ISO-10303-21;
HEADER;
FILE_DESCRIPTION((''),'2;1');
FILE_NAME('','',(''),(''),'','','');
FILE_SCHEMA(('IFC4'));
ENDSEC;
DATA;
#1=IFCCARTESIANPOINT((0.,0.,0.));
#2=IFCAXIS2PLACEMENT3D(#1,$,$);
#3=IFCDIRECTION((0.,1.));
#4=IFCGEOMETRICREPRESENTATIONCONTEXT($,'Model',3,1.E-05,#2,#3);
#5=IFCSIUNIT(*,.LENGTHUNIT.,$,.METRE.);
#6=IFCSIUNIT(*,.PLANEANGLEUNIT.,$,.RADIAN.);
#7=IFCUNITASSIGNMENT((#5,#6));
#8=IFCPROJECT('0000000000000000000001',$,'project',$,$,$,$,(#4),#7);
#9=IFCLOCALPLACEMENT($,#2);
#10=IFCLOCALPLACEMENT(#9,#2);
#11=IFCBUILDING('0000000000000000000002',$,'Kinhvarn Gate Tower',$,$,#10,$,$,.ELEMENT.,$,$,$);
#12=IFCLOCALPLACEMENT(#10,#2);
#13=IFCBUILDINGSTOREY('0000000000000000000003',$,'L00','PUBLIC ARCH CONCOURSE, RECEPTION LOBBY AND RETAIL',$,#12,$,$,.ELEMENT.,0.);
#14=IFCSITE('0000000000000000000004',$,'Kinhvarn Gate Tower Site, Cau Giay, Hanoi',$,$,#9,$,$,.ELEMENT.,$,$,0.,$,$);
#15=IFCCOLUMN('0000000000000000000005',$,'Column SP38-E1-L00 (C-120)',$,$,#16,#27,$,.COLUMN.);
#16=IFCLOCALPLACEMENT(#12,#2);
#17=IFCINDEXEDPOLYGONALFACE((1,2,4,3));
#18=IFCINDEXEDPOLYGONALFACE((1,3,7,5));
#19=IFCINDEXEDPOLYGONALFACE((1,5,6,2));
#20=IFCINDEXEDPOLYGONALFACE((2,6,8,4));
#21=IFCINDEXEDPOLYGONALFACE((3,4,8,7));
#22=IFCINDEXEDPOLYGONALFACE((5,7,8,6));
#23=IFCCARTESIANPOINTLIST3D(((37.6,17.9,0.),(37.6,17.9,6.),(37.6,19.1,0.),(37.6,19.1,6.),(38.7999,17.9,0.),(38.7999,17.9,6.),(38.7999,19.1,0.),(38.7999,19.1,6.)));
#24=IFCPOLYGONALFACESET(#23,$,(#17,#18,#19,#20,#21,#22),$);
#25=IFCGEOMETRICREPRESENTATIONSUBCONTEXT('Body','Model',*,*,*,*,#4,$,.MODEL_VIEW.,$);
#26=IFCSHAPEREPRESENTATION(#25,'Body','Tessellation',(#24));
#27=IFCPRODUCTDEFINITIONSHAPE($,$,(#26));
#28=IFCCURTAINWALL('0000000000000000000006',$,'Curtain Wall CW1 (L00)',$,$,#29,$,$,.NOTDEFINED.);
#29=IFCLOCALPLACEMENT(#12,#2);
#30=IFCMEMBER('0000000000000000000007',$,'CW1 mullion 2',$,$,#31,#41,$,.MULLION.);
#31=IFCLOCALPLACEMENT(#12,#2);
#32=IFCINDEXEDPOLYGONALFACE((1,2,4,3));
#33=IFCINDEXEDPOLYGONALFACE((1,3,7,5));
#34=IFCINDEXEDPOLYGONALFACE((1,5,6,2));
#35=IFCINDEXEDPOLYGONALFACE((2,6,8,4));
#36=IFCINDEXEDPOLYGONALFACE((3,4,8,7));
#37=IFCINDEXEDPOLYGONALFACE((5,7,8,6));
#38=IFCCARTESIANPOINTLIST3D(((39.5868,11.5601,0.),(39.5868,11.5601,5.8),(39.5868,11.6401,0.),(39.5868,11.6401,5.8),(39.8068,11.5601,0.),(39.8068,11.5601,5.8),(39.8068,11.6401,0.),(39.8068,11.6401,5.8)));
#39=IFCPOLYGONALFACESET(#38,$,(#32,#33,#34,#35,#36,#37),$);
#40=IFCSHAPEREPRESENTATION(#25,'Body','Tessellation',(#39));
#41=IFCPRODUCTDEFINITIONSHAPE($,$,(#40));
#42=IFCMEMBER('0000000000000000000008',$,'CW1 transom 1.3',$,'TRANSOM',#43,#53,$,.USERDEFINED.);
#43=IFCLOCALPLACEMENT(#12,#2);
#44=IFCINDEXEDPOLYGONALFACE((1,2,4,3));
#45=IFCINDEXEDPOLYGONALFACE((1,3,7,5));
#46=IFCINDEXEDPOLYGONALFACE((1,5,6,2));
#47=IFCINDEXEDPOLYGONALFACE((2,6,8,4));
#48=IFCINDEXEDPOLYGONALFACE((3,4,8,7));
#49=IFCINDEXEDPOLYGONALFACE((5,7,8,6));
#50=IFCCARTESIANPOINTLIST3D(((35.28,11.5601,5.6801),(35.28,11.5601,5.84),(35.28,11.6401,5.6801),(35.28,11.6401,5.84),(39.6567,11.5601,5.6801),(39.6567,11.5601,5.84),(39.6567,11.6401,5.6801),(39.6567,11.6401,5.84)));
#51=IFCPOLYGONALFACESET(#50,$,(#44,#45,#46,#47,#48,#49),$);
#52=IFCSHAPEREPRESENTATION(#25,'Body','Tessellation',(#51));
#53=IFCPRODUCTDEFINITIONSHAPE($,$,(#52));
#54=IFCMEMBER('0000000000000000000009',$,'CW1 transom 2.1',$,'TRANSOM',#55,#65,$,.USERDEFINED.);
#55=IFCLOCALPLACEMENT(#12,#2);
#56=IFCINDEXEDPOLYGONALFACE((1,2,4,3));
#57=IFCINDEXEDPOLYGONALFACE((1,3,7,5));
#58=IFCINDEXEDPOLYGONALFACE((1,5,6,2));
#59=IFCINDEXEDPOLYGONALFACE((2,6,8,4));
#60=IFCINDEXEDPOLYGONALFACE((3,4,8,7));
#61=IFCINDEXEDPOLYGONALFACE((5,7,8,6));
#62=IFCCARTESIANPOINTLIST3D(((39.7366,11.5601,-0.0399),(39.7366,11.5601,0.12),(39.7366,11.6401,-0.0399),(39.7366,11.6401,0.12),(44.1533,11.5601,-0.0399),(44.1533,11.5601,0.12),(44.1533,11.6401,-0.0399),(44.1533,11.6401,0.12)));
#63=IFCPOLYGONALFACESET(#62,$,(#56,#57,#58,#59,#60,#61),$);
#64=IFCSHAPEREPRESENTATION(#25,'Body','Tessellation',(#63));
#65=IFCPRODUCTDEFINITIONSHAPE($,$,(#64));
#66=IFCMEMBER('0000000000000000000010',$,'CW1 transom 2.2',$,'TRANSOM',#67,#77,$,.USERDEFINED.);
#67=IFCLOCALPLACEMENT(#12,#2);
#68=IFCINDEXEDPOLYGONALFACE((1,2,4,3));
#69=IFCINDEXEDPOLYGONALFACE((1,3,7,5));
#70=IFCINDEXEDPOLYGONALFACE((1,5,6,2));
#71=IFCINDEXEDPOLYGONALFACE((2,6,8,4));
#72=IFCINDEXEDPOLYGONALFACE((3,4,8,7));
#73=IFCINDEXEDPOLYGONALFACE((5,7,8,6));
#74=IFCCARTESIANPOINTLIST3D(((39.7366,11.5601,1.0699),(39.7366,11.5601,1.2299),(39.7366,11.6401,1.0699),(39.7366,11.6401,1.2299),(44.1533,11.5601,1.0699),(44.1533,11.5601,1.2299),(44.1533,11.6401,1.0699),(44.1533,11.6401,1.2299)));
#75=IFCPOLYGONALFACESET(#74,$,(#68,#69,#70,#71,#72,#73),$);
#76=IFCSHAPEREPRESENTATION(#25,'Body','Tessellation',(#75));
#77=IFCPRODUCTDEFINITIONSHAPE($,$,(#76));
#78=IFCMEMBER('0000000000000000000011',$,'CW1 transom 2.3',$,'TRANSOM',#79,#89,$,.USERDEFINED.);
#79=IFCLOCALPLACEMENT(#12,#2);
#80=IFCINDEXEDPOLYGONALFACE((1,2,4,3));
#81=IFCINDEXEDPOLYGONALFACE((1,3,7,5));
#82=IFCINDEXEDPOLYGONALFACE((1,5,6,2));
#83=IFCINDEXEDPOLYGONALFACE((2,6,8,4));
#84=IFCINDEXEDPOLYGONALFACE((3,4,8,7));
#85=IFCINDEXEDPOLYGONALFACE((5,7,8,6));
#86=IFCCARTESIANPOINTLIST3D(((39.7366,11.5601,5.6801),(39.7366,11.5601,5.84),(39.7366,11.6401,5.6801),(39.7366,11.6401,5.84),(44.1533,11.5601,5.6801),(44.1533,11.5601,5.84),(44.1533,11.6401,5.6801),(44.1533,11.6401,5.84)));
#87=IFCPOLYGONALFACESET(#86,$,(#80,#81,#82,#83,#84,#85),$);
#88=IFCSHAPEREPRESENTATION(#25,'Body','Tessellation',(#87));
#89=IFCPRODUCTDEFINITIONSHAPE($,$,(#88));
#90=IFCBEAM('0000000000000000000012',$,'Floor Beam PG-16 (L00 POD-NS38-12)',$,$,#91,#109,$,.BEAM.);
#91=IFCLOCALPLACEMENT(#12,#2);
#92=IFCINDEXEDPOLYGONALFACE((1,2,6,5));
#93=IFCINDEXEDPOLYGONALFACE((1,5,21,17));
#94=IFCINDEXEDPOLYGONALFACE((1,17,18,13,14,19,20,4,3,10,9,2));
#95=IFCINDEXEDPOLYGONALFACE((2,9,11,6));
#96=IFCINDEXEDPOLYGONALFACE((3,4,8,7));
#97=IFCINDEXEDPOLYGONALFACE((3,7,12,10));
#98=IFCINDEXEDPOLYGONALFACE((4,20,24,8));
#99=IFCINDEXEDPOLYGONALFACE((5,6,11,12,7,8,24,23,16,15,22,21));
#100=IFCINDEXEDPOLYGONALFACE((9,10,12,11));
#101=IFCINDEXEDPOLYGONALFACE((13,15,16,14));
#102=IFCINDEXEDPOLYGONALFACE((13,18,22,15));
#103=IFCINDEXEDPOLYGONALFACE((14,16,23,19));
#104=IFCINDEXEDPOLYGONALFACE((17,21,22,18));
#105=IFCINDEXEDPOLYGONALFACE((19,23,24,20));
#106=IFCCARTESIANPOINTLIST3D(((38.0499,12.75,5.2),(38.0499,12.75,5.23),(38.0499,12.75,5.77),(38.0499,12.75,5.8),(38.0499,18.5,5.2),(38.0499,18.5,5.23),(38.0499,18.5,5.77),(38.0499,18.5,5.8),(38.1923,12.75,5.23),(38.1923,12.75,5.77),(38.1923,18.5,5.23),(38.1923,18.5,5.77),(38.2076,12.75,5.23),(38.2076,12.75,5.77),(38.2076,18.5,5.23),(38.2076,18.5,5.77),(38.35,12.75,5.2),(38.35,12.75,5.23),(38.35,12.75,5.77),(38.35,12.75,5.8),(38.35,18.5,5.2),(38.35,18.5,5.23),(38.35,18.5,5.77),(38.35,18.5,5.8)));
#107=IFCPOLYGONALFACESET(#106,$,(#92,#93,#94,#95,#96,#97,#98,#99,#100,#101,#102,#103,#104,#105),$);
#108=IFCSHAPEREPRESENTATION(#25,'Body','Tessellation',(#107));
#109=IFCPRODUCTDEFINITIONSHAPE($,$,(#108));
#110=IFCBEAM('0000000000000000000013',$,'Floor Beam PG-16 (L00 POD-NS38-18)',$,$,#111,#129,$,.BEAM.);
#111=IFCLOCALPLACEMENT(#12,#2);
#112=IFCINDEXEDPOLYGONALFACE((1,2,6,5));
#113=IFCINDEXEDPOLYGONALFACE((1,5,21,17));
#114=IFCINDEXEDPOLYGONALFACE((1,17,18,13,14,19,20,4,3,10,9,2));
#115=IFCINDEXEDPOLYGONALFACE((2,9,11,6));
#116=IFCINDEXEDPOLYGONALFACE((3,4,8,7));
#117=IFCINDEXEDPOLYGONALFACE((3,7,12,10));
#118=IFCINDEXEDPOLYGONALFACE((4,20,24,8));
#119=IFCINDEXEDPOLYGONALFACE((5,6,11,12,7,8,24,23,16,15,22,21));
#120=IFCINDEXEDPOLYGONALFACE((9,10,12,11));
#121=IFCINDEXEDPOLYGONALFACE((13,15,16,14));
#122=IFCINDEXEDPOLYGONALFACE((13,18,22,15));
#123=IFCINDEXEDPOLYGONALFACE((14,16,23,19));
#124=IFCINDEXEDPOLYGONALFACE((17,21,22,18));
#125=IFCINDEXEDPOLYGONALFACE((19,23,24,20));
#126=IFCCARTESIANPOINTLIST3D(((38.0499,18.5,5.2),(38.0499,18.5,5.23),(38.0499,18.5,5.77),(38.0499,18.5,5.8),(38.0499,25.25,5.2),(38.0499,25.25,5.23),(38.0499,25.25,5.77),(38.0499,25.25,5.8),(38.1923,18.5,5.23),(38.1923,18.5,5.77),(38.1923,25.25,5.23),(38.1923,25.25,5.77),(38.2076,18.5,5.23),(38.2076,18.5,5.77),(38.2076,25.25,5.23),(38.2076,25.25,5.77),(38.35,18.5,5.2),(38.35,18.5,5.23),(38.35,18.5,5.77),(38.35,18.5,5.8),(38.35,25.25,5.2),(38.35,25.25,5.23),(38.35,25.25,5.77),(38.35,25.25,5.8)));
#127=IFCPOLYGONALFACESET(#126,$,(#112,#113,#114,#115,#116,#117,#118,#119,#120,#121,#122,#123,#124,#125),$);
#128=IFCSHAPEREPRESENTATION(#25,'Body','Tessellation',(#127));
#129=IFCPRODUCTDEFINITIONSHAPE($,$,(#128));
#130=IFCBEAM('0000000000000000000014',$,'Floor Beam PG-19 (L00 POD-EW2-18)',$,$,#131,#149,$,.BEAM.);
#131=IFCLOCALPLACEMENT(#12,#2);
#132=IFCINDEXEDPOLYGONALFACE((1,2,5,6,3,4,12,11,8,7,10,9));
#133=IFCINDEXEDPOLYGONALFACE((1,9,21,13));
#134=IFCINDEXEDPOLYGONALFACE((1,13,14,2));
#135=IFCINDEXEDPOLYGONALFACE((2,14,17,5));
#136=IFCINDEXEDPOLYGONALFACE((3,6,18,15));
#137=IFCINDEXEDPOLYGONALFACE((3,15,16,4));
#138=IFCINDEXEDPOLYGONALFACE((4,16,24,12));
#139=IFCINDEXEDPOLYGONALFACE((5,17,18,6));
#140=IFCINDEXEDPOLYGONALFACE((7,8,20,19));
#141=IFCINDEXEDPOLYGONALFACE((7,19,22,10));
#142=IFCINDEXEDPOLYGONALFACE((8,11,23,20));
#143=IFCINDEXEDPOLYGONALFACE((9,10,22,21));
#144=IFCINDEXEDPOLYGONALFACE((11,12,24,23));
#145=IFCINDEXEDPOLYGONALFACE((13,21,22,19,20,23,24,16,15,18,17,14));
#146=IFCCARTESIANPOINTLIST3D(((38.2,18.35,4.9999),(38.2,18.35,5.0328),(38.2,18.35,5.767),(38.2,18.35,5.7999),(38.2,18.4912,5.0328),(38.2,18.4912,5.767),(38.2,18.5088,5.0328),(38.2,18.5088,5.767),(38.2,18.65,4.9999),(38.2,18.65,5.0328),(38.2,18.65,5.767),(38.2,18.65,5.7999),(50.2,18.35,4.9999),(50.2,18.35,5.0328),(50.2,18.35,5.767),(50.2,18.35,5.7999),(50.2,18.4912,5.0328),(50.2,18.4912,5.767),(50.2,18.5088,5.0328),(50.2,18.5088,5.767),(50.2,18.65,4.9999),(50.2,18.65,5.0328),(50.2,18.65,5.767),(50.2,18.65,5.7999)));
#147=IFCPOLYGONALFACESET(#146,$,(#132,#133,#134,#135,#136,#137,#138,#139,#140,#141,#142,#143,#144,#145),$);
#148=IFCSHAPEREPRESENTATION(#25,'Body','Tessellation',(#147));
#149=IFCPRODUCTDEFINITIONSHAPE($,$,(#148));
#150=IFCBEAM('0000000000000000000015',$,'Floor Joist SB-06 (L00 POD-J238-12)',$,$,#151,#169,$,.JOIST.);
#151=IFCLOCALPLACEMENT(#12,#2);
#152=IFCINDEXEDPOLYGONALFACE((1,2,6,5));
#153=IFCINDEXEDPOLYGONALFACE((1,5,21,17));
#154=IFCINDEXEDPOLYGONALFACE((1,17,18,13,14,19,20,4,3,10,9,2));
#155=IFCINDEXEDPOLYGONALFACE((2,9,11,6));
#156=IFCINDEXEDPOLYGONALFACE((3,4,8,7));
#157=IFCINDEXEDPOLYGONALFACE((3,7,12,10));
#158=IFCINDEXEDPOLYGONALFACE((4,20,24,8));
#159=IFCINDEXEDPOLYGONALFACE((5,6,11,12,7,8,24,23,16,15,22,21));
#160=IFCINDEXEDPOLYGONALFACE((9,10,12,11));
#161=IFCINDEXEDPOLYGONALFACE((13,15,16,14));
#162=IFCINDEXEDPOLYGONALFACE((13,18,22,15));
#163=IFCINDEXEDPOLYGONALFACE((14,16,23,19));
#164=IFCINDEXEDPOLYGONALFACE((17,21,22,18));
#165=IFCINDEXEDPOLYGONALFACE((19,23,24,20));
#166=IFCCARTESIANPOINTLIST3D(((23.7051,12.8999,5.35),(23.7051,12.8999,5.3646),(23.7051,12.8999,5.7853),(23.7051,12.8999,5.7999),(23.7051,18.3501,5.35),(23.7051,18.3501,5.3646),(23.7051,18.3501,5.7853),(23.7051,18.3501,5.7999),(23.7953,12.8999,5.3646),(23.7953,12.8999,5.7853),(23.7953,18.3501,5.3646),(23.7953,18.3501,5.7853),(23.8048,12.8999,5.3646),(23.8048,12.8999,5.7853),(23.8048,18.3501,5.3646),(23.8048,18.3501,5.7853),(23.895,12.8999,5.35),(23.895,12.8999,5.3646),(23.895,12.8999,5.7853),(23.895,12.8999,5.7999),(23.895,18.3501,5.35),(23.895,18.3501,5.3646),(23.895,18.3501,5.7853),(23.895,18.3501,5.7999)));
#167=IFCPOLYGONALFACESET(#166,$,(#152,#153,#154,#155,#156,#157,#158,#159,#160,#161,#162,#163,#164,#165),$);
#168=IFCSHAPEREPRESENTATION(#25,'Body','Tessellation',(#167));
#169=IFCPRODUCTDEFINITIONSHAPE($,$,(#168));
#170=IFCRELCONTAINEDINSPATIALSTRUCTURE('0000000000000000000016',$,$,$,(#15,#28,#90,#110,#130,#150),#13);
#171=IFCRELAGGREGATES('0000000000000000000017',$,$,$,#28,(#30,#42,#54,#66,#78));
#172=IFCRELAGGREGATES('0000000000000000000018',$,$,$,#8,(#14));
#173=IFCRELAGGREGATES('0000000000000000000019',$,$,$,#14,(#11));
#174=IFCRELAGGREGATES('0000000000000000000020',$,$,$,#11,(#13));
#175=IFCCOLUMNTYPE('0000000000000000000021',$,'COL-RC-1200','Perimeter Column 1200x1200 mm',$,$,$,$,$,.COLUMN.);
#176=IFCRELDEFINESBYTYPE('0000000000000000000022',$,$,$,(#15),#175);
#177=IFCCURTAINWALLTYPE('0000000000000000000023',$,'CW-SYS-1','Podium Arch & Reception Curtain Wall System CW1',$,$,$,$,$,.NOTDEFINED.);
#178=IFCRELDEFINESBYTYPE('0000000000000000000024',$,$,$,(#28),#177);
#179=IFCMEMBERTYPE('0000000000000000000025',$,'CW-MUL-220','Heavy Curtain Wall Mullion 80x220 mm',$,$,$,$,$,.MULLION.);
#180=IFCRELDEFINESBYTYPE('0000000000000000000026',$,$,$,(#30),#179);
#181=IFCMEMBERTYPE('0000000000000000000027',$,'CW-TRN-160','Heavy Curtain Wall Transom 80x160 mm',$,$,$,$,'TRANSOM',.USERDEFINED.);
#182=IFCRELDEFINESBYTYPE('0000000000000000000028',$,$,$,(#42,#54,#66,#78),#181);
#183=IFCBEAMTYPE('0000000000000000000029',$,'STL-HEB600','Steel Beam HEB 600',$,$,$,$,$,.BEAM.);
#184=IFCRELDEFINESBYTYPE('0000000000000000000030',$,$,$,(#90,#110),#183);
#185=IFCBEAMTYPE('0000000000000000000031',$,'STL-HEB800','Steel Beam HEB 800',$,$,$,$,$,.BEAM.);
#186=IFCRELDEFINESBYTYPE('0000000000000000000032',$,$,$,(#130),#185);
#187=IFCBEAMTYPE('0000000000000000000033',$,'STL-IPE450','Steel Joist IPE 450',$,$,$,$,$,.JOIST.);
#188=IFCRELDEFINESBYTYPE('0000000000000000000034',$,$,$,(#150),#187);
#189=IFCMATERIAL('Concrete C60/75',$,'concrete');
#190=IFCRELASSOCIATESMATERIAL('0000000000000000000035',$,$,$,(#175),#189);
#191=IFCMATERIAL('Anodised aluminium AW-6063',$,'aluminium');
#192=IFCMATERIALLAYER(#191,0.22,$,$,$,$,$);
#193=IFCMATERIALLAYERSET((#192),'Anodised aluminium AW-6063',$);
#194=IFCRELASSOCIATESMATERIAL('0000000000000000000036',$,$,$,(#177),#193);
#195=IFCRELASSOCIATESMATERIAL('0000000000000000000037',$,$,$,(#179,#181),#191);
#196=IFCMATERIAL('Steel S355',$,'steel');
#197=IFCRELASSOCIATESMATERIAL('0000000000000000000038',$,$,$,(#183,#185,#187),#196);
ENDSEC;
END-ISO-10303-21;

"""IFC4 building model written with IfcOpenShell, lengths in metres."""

from ifc_helpers import new_model, si_unit, direction, frame, origin, origin_2d, place, context, subcontext, project, spatial, rectangle, i_section, extrude, material, layer, layer_set, material_profile, profile_set, type_object, element, aggregate, save


model = new_model("IFC4")

# Units and contexts
model_context = context("Model", 3, precision=1e-05, world=origin(), true_north=direction((0.0, 1.0)))
body_context = subcontext(model_context, "Body", "Model", "MODEL_VIEW")
ifc_project = project(units=[si_unit("LENGTHUNIT", "METRE"), si_unit("PLANEANGLEUNIT", "RADIAN")], contexts=[model_context])

# Site, building, storey
site_placement = place(None, origin())
site = spatial("IfcSite", under=ifc_project, at=site_placement, Name="Kinhvarn Gate Tower Site, Cau Giay, Hanoi", CompositionType="ELEMENT", RefElevation=0.0)
building_placement = place(site_placement, origin())
building = spatial("IfcBuilding", under=site, at=building_placement, Name="Kinhvarn Gate Tower", CompositionType="ELEMENT")
storey_placement = place(building_placement, origin())
storey = spatial("IfcBuildingStorey", under=building, at=storey_placement, Name="L00", Description="PUBLIC ARCH CONCOURSE, RECEPTION LOBBY AND RETAIL", CompositionType="ELEMENT", Elevation=0.0)

# Column
ifc_material_1 = material(Name="Concrete C60/75", Category="concrete")
ifc_material_profile_1 = material_profile(ifc_material_1, rectangle(XDim=1.2, YDim=1.2, at=origin_2d()), Name="RC 1200x1200")
ifc_profile_set_1 = profile_set([ifc_material_profile_1], Name="Concrete C60/75")
column_type = type_object("IfcColumnType", Name="COL-RC-1200", Description="Perimeter Column 1200x1200 mm", PredefinedType="COLUMN", material=ifc_profile_set_1)
column_placement = place(storey_placement, frame((38.2, 18.5, 0.0), z_axis=(0.0, 0.0, 1.0), x_axis=(1.0, 0.0, 0.0)))
element("IfcColumn", 1, at=column_placement, inside=storey, type_object=column_type, Name="Column SP38-E1-L00 (C-120)", PredefinedType="COLUMN", context=body_context, shape_type="SweptSolid", body=[
    extrude(rectangle(XDim=1.2, YDim=1.2, at=origin_2d()), origin(), (0.0, 0.0, 1.0), 6.0),
])

# Curtain wall, members
ifc_material_2 = material(Name="Anodised aluminium AW-6063", Category="aluminium")
ifc_layer_1 = layer(ifc_material_2, 0.22)
ifc_layer_set_1 = layer_set([ifc_layer_1], Name="Anodised aluminium AW-6063")
curtain_wall_type = type_object("IfcCurtainWallType", Name="CW-SYS-1", Description="Podium Arch & Reception Curtain Wall System CW1", PredefinedType="NOTDEFINED", material=ifc_layer_set_1)
curtain_wall_placement = place(storey_placement, origin())
curtain_wall = element("IfcCurtainWall", 2, at=curtain_wall_placement, inside=storey, type_object=curtain_wall_type, Name="Curtain Wall CW1 (L00)", PredefinedType="NOTDEFINED")
ifc_material_profile_2 = material_profile(ifc_material_2, rectangle(XDim=0.0801, YDim=0.22, at=origin_2d()), Name="ALU 80x220")
ifc_profile_set_2 = profile_set([ifc_material_profile_2], Name="Anodised aluminium AW-6063")
member_type_1 = type_object("IfcMemberType", Name="CW-MUL-220", Description="Heavy Curtain Wall Mullion 80x220 mm", PredefinedType="MULLION", material=ifc_profile_set_2)
member_1_placement = place(storey_placement, frame((39.6968, 11.6001, 0.0), z_axis=(0.0, 0.0, 1.0), x_axis=(0.0, 1.0, 0.0)))
member_1 = element("IfcMember", 3, at=member_1_placement, type_object=member_type_1, Name="CW1 mullion 2", PredefinedType="MULLION", context=body_context, shape_type="SweptSolid", body=[
    extrude(rectangle(XDim=0.0801, YDim=0.22, at=origin_2d()), origin(), (0.0, 0.0, 1.0), 5.8),
])
ifc_material_profile_3 = material_profile(ifc_material_2, rectangle(XDim=0.0801, YDim=0.1599, at=origin_2d()), Name="ALU 80x160")
ifc_profile_set_3 = profile_set([ifc_material_profile_3], Name="Anodised aluminium AW-6063")
member_type_2 = type_object("IfcMemberType", Name="CW-TRN-160", Description="Heavy Curtain Wall Transom 80x160 mm", ElementType="TRANSOM", PredefinedType="USERDEFINED", material=ifc_profile_set_3)
member_2_placement = place(storey_placement, frame((35.28, 11.6001, 5.76), z_axis=(1.0, 0.0, 0.0), x_axis=(0.0, 1.0, 0.0)))
member_2 = element("IfcMember", 4, at=member_2_placement, type_object=member_type_2, Name="CW1 transom 1.3", ObjectType="TRANSOM", PredefinedType="USERDEFINED", context=body_context, shape_type="SweptSolid", body=[
    extrude(rectangle(XDim=0.0801, YDim=0.1599, at=origin_2d()), origin(), (0.0, 0.0, 1.0), 4.3767),
])
member_3_placement = place(storey_placement, frame((39.7366, 11.6001, 0.04), z_axis=(1.0, 0.0, 0.0), x_axis=(0.0, 1.0, 0.0)))
member_3 = element("IfcMember", 5, at=member_3_placement, type_object=member_type_2, Name="CW1 transom 2.1", ObjectType="TRANSOM", PredefinedType="USERDEFINED", context=body_context, shape_type="SweptSolid", body=[
    extrude(rectangle(XDim=0.0801, YDim=0.1599, at=origin_2d()), origin(), (0.0, 0.0, 1.0), 4.4167),
])
member_4_placement = place(storey_placement, frame((39.7366, 11.6001, 1.1499), z_axis=(1.0, 0.0, 0.0), x_axis=(0.0, 1.0, 0.0)))
member_4 = element("IfcMember", 6, at=member_4_placement, type_object=member_type_2, Name="CW1 transom 2.2", ObjectType="TRANSOM", PredefinedType="USERDEFINED", context=body_context, shape_type="SweptSolid", body=[
    extrude(rectangle(XDim=0.0801, YDim=0.1599, at=origin_2d()), origin(), (0.0, 0.0, 1.0), 4.4167),
])
member_5_placement = place(storey_placement, frame((39.7366, 11.6001, 5.76), z_axis=(1.0, 0.0, 0.0), x_axis=(0.0, 1.0, 0.0)))
member_5 = element("IfcMember", 7, at=member_5_placement, type_object=member_type_2, Name="CW1 transom 2.3", ObjectType="TRANSOM", PredefinedType="USERDEFINED", context=body_context, shape_type="SweptSolid", body=[
    extrude(rectangle(XDim=0.0801, YDim=0.1599, at=origin_2d()), origin(), (0.0, 0.0, 1.0), 4.4167),
])

# Beams
ifc_material_3 = material(Name="Steel S355", Category="steel")
ifc_material_profile_4 = material_profile(ifc_material_3, i_section(OverallWidth=0.3, OverallDepth=0.6001, WebThickness=0.0154, FlangeThickness=0.03, at=origin_2d()), Name="HEB 600")
ifc_profile_set_4 = profile_set([ifc_material_profile_4], Name="Steel S355")
beam_type_1 = type_object("IfcBeamType", Name="STL-HEB600", Description="Steel Beam HEB 600", PredefinedType="BEAM", material=ifc_profile_set_4)
beam_1_placement = place(storey_placement, frame((38.2, 12.75, 5.5), z_axis=(0.0, 1.0, 0.0), x_axis=(-1.0, 0.0, 0.0)))
element("IfcBeam", 8, at=beam_1_placement, inside=storey, type_object=beam_type_1, Name="Floor Beam PG-16 (L00 POD-NS38-12)", PredefinedType="BEAM", context=body_context, shape_type="SweptSolid", body=[
    extrude(i_section(OverallWidth=0.3, OverallDepth=0.6001, WebThickness=0.0154, FlangeThickness=0.03, at=origin_2d()), origin(), (0.0, 0.0, 1.0), 5.75),
])
beam_2_placement = place(storey_placement, frame((38.2, 18.5, 5.5), z_axis=(0.0, 1.0, 0.0), x_axis=(-1.0, 0.0, 0.0)))
element("IfcBeam", 9, at=beam_2_placement, inside=storey, type_object=beam_type_1, Name="Floor Beam PG-16 (L00 POD-NS38-18)", PredefinedType="BEAM", context=body_context, shape_type="SweptSolid", body=[
    extrude(i_section(OverallWidth=0.3, OverallDepth=0.6001, WebThickness=0.0154, FlangeThickness=0.03, at=origin_2d()), origin(), (0.0, 0.0, 1.0), 6.75),
])
ifc_material_profile_5 = material_profile(ifc_material_3, i_section(OverallWidth=0.3, OverallDepth=0.8, WebThickness=0.0176, FlangeThickness=0.033, at=origin_2d()), Name="HEB 800")
ifc_profile_set_5 = profile_set([ifc_material_profile_5], Name="Steel S355")
beam_type_2 = type_object("IfcBeamType", Name="STL-HEB800", Description="Steel Beam HEB 800", PredefinedType="BEAM", material=ifc_profile_set_5)
beam_3_placement = place(storey_placement, frame((38.2, 18.5, 5.3999), z_axis=(1.0, 0.0, 0.0), x_axis=(0.0, 1.0, 0.0)))
element("IfcBeam", 10, at=beam_3_placement, inside=storey, type_object=beam_type_2, Name="Floor Beam PG-19 (L00 POD-EW2-18)", PredefinedType="BEAM", context=body_context, shape_type="SweptSolid", body=[
    extrude(i_section(OverallWidth=0.3, OverallDepth=0.8, WebThickness=0.0176, FlangeThickness=0.033, at=origin_2d()), origin(), (0.0, 0.0, 1.0), 12.0),
])
ifc_material_profile_6 = material_profile(ifc_material_3, i_section(OverallWidth=0.1899, OverallDepth=0.45, WebThickness=0.0095, FlangeThickness=0.0146, at=origin_2d()), Name="IPE 450")
ifc_profile_set_6 = profile_set([ifc_material_profile_6], Name="Steel S355")
beam_type_3 = type_object("IfcBeamType", Name="STL-IPE450", Description="Steel Joist IPE 450", PredefinedType="JOIST", material=ifc_profile_set_6)
for number, where, z_axis, x_axis, name in (
    (11, (23.8, 12.8999, 5.575), (0.0, 1.0, 0.0), (-1.0, 0.0, 0.0), "Floor Joist SB-06 (L00 POD-J238-12)"),
):
    element("IfcBeam", number, at=place(storey_placement, frame(where, z_axis=z_axis, x_axis=x_axis)), inside=storey, type_object=beam_type_3, Name=name, PredefinedType="JOIST", context=body_context, shape_type="SweptSolid", body=[
        extrude(i_section(OverallWidth=0.1899, OverallDepth=0.45, WebThickness=0.0095, FlangeThickness=0.0146, at=origin_2d()), origin(), (0.0, 0.0, 1.0), 5.4502),
    ])

aggregate(curtain_wall, [member_1, member_2, member_3, member_4, member_5])

save(model, "model.ifc")
